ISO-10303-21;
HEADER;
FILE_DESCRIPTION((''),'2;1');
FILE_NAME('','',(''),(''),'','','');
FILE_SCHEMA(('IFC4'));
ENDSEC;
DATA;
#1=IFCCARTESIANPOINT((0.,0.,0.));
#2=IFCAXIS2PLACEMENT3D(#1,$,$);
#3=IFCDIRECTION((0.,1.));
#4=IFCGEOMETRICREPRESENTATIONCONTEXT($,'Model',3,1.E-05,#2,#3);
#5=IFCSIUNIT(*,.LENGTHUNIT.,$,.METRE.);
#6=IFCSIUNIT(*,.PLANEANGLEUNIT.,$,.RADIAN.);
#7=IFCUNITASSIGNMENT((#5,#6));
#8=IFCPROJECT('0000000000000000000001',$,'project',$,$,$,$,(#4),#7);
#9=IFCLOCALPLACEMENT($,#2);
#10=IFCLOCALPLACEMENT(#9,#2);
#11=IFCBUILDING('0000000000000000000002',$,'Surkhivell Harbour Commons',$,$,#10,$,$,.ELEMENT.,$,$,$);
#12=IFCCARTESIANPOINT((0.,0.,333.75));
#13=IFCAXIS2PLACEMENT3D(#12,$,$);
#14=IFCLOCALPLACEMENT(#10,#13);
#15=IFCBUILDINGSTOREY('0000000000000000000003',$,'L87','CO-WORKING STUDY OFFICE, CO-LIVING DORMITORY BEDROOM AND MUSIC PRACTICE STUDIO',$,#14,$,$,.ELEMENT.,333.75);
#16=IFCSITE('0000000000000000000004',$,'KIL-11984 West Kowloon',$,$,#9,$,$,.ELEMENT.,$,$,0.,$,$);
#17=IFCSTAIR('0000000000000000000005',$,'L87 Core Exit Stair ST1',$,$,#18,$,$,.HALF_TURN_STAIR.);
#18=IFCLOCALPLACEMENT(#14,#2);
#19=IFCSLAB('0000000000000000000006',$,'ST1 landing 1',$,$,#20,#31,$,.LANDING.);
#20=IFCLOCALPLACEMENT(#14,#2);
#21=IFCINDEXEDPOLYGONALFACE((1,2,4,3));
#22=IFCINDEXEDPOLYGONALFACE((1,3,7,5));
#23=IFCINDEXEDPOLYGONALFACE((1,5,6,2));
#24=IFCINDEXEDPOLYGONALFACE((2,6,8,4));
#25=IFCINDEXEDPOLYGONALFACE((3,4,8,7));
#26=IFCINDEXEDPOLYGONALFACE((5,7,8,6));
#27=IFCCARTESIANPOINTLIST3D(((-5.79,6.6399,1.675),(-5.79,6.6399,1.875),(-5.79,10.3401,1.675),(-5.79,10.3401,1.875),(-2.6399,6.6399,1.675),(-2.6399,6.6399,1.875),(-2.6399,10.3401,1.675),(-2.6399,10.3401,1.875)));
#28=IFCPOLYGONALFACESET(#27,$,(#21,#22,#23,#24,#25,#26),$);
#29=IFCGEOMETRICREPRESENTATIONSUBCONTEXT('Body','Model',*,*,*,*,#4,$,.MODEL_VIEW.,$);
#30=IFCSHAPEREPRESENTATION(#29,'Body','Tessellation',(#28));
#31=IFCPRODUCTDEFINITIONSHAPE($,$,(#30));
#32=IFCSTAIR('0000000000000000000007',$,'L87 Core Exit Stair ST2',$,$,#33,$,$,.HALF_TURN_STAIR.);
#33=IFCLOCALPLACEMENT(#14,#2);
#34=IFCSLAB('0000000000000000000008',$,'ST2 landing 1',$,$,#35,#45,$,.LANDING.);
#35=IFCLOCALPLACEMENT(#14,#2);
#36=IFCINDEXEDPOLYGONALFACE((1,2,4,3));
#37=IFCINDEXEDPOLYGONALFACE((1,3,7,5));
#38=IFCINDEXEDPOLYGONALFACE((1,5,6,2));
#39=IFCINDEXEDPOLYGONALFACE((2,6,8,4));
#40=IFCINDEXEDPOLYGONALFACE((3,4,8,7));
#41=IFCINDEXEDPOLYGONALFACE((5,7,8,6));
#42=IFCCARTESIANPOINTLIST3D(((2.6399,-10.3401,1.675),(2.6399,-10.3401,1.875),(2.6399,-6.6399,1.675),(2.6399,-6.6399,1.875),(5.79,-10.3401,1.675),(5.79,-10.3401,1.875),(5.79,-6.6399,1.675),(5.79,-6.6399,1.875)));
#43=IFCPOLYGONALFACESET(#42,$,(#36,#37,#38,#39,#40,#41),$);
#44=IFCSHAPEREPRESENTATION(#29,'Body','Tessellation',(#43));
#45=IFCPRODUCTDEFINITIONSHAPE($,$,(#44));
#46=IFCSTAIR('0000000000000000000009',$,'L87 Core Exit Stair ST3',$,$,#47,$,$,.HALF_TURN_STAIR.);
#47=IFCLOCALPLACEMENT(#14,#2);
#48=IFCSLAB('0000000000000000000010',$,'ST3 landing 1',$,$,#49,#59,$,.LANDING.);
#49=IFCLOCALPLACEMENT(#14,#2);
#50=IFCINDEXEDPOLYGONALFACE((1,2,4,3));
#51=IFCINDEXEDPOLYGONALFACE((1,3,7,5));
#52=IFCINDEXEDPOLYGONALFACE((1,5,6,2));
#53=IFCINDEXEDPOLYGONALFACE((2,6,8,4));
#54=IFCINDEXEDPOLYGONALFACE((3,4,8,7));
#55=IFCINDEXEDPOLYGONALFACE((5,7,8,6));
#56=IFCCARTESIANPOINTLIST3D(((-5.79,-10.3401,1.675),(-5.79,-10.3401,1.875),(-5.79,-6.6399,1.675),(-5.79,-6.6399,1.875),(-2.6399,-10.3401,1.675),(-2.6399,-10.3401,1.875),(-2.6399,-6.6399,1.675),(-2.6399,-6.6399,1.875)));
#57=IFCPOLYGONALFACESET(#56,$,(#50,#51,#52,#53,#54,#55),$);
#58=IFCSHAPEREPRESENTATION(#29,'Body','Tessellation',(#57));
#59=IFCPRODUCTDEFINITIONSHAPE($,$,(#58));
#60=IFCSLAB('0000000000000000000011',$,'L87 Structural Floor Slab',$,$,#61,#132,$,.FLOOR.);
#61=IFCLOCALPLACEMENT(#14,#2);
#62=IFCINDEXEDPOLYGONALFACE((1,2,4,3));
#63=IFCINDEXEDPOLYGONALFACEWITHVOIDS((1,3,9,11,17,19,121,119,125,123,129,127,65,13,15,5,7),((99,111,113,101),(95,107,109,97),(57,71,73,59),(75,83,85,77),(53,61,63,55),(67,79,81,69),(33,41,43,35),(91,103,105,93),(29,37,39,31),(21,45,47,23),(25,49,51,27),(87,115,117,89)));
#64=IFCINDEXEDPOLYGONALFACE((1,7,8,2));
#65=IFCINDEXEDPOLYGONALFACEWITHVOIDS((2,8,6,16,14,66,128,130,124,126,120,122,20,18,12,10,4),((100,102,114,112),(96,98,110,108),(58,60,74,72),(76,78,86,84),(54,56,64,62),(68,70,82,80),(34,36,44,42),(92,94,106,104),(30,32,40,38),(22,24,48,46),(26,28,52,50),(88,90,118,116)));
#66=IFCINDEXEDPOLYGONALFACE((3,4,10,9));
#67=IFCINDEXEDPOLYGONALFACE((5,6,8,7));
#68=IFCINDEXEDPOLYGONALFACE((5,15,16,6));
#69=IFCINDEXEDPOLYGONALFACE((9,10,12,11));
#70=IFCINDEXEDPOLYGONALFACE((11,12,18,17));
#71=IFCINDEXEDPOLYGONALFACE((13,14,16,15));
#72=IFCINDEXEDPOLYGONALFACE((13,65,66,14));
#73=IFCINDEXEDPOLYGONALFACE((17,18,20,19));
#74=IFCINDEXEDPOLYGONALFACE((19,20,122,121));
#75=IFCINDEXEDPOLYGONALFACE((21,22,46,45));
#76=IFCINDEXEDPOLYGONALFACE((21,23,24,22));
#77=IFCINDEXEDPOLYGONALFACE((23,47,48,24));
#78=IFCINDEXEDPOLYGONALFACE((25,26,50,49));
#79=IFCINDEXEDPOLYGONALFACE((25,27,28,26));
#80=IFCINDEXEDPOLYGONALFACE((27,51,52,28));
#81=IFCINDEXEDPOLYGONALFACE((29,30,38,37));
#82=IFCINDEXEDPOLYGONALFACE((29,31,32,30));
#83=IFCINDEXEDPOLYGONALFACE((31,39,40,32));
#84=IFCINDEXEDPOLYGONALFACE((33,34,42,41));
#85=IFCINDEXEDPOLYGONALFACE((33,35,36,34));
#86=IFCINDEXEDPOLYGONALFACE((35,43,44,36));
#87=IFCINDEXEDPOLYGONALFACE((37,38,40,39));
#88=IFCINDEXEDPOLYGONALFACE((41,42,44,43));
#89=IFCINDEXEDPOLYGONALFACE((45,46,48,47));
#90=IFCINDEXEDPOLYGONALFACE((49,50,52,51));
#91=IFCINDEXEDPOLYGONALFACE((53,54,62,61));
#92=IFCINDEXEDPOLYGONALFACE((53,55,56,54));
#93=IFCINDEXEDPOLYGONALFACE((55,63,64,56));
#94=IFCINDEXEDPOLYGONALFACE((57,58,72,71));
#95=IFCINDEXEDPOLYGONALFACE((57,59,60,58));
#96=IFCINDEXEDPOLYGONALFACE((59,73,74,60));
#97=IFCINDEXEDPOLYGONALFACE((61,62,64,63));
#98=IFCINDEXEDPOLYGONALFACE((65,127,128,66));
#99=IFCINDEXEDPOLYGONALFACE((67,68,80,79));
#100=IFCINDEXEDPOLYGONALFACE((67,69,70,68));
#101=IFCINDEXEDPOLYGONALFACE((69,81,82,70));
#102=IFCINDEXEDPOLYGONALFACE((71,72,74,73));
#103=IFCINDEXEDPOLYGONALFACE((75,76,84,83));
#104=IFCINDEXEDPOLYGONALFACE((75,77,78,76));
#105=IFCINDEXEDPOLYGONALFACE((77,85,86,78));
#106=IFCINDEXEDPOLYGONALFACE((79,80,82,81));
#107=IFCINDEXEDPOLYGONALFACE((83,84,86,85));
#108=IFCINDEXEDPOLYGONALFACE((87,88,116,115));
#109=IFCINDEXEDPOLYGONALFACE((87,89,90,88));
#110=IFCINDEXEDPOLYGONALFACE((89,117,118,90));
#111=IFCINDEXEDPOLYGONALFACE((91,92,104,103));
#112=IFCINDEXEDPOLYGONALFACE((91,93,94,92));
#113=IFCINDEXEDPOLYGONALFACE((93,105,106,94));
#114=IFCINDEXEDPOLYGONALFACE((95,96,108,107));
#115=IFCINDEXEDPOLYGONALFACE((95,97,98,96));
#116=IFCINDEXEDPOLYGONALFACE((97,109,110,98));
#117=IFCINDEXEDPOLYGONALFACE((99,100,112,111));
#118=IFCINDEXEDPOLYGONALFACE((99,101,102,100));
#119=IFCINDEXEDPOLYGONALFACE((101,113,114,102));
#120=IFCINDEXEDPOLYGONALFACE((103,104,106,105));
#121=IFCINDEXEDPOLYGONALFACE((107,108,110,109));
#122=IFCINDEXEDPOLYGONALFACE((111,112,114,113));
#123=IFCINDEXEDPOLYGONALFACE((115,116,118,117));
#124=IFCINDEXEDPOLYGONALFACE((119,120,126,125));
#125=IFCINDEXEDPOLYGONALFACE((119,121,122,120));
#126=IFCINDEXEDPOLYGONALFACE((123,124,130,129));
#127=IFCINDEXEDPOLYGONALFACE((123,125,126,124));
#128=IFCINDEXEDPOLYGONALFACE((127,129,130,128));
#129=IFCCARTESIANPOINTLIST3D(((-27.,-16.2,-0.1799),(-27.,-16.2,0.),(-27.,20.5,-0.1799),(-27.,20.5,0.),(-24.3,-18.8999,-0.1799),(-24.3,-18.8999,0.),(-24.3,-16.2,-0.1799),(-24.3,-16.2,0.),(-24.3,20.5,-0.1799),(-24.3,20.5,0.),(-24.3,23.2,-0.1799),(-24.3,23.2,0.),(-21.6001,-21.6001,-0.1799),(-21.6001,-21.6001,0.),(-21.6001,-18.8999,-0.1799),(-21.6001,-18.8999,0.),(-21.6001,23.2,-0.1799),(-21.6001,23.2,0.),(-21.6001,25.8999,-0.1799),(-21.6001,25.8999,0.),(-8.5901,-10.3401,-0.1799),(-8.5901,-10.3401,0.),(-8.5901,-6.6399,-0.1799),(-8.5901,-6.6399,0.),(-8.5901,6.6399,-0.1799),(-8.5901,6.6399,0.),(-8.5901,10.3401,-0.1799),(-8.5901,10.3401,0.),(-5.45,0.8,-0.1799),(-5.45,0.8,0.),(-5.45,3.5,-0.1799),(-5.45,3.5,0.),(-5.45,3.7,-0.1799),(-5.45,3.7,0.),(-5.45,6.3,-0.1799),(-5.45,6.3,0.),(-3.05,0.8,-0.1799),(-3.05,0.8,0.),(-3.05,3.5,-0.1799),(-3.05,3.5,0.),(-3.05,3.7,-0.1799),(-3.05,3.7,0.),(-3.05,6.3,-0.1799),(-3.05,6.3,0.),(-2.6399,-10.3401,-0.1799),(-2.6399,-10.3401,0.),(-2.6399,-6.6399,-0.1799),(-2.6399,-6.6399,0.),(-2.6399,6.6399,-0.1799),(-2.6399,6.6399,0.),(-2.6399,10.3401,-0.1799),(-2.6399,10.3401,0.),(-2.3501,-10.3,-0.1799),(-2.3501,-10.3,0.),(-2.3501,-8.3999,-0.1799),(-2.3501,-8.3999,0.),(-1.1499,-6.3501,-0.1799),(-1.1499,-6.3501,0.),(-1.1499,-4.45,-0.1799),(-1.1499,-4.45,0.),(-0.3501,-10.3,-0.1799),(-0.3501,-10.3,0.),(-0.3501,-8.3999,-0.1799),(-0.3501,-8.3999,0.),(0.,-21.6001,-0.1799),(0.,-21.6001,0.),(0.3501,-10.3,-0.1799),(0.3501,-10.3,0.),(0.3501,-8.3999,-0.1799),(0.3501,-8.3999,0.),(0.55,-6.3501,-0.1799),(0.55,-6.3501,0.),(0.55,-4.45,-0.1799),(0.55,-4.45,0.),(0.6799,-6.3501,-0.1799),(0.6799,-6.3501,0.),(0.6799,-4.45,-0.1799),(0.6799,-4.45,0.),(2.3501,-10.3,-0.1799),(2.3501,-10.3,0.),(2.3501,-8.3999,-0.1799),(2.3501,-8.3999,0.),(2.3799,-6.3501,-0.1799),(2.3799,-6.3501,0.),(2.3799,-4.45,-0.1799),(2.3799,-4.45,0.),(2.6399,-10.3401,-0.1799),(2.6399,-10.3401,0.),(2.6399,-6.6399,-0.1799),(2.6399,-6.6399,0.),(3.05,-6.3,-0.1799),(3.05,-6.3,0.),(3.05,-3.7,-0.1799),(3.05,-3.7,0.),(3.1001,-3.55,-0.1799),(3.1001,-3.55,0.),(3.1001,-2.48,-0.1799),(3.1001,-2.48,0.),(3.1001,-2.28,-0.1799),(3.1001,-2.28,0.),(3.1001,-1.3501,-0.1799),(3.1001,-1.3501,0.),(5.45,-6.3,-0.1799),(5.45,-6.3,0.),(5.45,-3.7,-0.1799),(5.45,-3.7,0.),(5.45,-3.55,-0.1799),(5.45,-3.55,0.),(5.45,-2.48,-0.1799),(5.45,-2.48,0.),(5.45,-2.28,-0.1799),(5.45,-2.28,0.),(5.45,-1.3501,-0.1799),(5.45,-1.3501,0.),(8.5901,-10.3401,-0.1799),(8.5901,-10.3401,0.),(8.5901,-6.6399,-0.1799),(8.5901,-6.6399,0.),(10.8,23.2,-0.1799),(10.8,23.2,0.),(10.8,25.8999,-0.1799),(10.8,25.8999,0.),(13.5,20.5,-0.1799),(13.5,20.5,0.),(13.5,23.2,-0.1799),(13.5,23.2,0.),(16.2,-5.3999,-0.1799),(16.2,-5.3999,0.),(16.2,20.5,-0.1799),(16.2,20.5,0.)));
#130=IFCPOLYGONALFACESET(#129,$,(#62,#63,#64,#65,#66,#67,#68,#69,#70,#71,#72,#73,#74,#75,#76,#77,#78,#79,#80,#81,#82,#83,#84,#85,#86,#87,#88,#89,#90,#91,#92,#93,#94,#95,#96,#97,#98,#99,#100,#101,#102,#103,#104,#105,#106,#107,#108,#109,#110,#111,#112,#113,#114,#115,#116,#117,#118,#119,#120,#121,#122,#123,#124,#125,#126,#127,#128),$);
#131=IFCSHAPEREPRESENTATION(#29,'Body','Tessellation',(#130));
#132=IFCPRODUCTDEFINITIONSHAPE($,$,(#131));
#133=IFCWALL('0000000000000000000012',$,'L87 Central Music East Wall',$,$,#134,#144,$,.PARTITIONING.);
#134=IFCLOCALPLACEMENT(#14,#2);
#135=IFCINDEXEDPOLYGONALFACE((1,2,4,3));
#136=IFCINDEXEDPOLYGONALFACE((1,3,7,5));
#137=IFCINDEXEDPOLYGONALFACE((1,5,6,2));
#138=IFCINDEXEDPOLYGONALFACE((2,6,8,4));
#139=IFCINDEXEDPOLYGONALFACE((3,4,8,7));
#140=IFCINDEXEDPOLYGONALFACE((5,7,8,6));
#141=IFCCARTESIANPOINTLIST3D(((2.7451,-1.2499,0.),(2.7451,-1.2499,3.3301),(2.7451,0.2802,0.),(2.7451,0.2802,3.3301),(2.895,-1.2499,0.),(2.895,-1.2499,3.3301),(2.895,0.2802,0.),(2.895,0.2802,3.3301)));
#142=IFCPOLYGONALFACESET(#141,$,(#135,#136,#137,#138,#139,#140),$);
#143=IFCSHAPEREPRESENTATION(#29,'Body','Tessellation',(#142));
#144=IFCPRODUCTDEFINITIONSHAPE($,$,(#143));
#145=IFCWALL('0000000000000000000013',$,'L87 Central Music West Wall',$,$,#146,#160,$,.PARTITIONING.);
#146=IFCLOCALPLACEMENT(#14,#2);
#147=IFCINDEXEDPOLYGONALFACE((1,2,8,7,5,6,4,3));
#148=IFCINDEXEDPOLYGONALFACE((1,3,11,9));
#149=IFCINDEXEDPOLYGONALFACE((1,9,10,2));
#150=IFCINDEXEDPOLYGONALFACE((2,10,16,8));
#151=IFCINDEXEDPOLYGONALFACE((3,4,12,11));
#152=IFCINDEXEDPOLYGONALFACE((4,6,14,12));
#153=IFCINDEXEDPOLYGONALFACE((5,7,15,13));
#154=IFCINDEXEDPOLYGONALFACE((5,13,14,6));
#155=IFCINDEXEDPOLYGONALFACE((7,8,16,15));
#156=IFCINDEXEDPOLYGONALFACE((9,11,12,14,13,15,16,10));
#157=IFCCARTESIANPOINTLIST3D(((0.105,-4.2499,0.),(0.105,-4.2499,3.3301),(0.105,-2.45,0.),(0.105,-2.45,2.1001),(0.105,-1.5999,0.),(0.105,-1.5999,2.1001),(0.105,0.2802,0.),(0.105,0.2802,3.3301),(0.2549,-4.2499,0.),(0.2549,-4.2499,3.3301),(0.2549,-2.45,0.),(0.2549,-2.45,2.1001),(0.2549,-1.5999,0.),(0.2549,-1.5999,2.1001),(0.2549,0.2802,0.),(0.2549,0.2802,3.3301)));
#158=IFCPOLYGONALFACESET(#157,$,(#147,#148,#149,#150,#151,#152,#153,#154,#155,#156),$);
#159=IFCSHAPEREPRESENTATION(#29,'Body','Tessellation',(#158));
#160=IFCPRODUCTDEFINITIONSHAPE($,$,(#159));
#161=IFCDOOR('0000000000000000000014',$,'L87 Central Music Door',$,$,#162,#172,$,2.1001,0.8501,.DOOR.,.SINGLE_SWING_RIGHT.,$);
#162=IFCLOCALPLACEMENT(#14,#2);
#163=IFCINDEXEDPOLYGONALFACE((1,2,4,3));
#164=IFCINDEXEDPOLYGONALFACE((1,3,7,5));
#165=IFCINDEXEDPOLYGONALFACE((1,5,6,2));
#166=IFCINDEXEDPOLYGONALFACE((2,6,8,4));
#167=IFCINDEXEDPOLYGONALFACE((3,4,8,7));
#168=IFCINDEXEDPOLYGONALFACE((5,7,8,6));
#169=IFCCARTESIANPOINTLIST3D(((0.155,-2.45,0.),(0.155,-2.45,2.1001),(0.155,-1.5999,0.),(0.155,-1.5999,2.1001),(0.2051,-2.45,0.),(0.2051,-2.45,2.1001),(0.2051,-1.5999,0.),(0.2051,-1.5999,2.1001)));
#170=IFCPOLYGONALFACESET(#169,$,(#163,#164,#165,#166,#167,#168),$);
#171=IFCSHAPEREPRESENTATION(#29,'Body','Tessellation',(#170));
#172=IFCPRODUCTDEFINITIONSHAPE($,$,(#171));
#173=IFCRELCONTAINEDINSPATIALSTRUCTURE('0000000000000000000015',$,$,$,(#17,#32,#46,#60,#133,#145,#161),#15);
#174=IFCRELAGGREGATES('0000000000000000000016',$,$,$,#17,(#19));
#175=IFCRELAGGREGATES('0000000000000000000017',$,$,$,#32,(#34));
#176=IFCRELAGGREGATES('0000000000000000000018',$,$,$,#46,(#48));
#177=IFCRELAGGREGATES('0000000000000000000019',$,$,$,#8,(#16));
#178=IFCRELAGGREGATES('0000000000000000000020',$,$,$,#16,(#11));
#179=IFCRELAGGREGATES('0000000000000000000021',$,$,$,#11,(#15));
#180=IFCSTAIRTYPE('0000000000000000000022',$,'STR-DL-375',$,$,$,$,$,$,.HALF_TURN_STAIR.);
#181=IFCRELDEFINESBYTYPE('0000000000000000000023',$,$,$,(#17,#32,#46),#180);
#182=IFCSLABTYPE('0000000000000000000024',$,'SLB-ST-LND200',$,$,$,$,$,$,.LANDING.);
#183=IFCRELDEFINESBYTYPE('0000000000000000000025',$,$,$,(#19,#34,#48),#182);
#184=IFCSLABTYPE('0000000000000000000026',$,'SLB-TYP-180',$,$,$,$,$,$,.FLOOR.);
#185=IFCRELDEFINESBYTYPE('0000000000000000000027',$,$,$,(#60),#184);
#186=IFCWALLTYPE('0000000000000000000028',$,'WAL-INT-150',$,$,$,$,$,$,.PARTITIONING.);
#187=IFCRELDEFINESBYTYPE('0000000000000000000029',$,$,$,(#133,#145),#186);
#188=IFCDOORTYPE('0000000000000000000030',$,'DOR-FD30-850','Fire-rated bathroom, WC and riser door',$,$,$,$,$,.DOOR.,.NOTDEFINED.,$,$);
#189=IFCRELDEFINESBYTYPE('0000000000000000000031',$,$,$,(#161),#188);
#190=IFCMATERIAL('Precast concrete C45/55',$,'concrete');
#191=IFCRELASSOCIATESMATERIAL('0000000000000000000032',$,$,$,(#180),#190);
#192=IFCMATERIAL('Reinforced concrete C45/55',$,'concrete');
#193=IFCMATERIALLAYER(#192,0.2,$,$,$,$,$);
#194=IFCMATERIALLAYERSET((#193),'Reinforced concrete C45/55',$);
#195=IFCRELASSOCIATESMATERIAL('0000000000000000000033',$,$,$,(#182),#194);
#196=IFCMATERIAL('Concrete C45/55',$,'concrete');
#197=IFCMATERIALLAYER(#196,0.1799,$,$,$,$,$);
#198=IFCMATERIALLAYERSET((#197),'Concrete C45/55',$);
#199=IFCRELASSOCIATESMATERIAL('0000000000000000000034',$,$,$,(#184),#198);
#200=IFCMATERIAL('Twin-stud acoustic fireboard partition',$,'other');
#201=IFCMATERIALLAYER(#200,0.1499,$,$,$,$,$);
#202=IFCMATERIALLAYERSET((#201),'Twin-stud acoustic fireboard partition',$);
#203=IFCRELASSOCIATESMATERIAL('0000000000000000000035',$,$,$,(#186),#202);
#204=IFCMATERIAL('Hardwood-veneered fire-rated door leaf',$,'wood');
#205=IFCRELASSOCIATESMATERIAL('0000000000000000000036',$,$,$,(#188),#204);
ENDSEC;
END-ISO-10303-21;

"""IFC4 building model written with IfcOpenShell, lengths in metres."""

from ifc_helpers import new_model, si_unit, direction, frame, frame_2d, origin, place, context, subcontext, project, spatial, polyline, rectangle, outline, extrude, material, layer, layer_set, type_object, element, fill, aggregate, save


model = new_model("IFC4")

# Units and contexts
model_context = context("Model", 3, precision=1e-05, world=origin(), true_north=direction((0.0, 1.0)))
body_context = subcontext(model_context, "Body", "Model", "MODEL_VIEW")
ifc_project = project(units=[si_unit("LENGTHUNIT", "METRE"), si_unit("PLANEANGLEUNIT", "RADIAN")], contexts=[model_context])

# Site, building, storey
site_placement = place(None, origin())
site = spatial("IfcSite", under=ifc_project, at=site_placement, Name="KIL-11984 West Kowloon", CompositionType="ELEMENT", RefElevation=0.0)
building_placement = place(site_placement, origin())
building = spatial("IfcBuilding", under=site, at=building_placement, Name="Surkhivell Harbour Commons", CompositionType="ELEMENT")
storey_placement = place(building_placement, frame((0.0, 0.0, 333.75)))
storey = spatial("IfcBuildingStorey", under=building, at=storey_placement, Name="L87", Description="CO-WORKING STUDY OFFICE, CO-LIVING DORMITORY BEDROOM AND MUSIC PRACTICE STUDIO", CompositionType="ELEMENT", Elevation=333.75)

# Stairs, slabs
ifc_material_1 = material(Name="Precast concrete C45/55", Category="concrete")
stair_type = type_object("IfcStairType", Name="STR-DL-375", PredefinedType="HALF_TURN_STAIR", material=ifc_material_1)
stair_1_placement = place(storey_placement, origin())
stair_1 = element("IfcStair", 1, at=stair_1_placement, inside=storey, type_object=stair_type, Name="L87 Core Exit Stair ST1", PredefinedType="HALF_TURN_STAIR")
ifc_material_2 = material(Name="Reinforced concrete C45/55", Category="concrete")
ifc_layer_1 = layer(ifc_material_2, 0.2)
ifc_layer_set_1 = layer_set([ifc_layer_1], Name="Reinforced concrete C45/55")
slab_type_1 = type_object("IfcSlabType", Name="SLB-ST-LND200", PredefinedType="LANDING", material=ifc_layer_set_1)
slab_1_placement = place(storey_placement, frame((0.0, 0.0, 1.675)))
slab_1 = element("IfcSlab", 2, at=slab_1_placement, type_object=slab_type_1, Name="ST1 landing 1", PredefinedType="LANDING", context=body_context, shape_type="SweptSolid", body=[
    extrude(outline(polyline([(-5.79, 6.6399), (-2.6399, 6.6399), (-2.6399, 10.3401), (-5.79, 10.3401), (-5.79, 6.6399)])), origin(), (0.0, 0.0, 1.0), 0.2),
])
aggregate(stair_1, [slab_1])
stair_2_placement = place(storey_placement, origin())
stair_2 = element("IfcStair", 3, at=stair_2_placement, inside=storey, type_object=stair_type, Name="L87 Core Exit Stair ST2", PredefinedType="HALF_TURN_STAIR")
slab_2_placement = place(storey_placement, frame((0.0, 0.0, 1.675)))
slab_2 = element("IfcSlab", 4, at=slab_2_placement, type_object=slab_type_1, Name="ST2 landing 1", PredefinedType="LANDING", context=body_context, shape_type="SweptSolid", body=[
    extrude(outline(polyline([(5.79, -6.6399), (2.6399, -6.6399), (2.6399, -10.3401), (5.79, -10.3401), (5.79, -6.6399)])), origin(), (0.0, 0.0, 1.0), 0.2),
])
aggregate(stair_2, [slab_2])
stair_3_placement = place(storey_placement, origin())
stair_3 = element("IfcStair", 5, at=stair_3_placement, inside=storey, type_object=stair_type, Name="L87 Core Exit Stair ST3", PredefinedType="HALF_TURN_STAIR")
slab_3_placement = place(storey_placement, frame((0.0, 0.0, 1.675)))
slab_3 = element("IfcSlab", 6, at=slab_3_placement, type_object=slab_type_1, Name="ST3 landing 1", PredefinedType="LANDING", context=body_context, shape_type="SweptSolid", body=[
    extrude(outline(polyline([(-5.79, -10.3401), (-2.6399, -10.3401), (-2.6399, -6.6399), (-5.79, -6.6399), (-5.79, -10.3401)])), origin(), (0.0, 0.0, 1.0), 0.2),
])
aggregate(stair_3, [slab_3])

# Slab
ifc_material_3 = material(Name="Concrete C45/55", Category="concrete")
ifc_layer_2 = layer(ifc_material_3, 0.1799)
ifc_layer_set_2 = layer_set([ifc_layer_2], Name="Concrete C45/55")
slab_type_2 = type_object("IfcSlabType", Name="SLB-TYP-180", PredefinedType="FLOOR", material=ifc_layer_set_2)
slab_4_placement = place(storey_placement, frame((0.0, 0.0, -0.1799)))
element("IfcSlab", 7, at=slab_4_placement, inside=storey, type_object=slab_type_2, Name="L87 Structural Floor Slab", PredefinedType="FLOOR", context=body_context, shape_type="SweptSolid", body=[
    extrude(outline(polyline([(-21.6001, -21.6001), (0.0, -21.6001), (16.2, -5.3999), (16.2, 20.5), (13.5, 20.5), (13.5, 23.2), (10.8, 23.2), (10.8, 25.8999), (-21.6001, 25.8999), (-21.6001, 23.2), (-24.3, 23.2), (-24.3, 20.5), (-27.0, 20.5), (-27.0, -16.2), (-24.3, -16.2), (-24.3, -18.8999), (-21.6001, -18.8999), (-21.6001, -21.6001)]), holes=[polyline([(-8.5901, 6.6399), (-2.6399, 6.6399), (-2.6399, 10.3401), (-8.5901, 10.3401), (-8.5901, 6.6399)]), polyline([(8.5901, -6.6399), (2.6399, -6.6399), (2.6399, -10.3401), (8.5901, -10.3401), (8.5901, -6.6399)]), polyline([(-8.5901, -10.3401), (-2.6399, -10.3401), (-2.6399, -6.6399), (-8.5901, -6.6399), (-8.5901, -10.3401)]), polyline([(-1.1499, -6.3501), (0.55, -6.3501), (0.55, -4.45), (-1.1499, -4.45), (-1.1499, -6.3501)]), polyline([(0.6799, -6.3501), (2.3799, -6.3501), (2.3799, -4.45), (0.6799, -4.45), (0.6799, -6.3501)]), polyline([(-2.3501, -10.3), (-0.3501, -10.3), (-0.3501, -8.3999), (-2.3501, -8.3999), (-2.3501, -10.3)]), polyline([(0.3501, -10.3), (2.3501, -10.3), (2.3501, -8.3999), (0.3501, -8.3999), (0.3501, -10.3)]), polyline([(-5.45, 3.7), (-3.05, 3.7), (-3.05, 6.3), (-5.45, 6.3), (-5.45, 3.7)]), polyline([(3.05, -6.3), (5.45, -6.3), (5.45, -3.7), (3.05, -3.7), (3.05, -6.3)]), polyline([(-5.45, 0.8), (-3.05, 0.8), (-3.05, 3.5), (-5.45, 3.5), (-5.45, 0.8)]), polyline([(3.1001, -3.55), (5.45, -3.55), (5.45, -2.48), (3.1001, -2.48), (3.1001, -3.55)]), polyline([(3.1001, -2.28), (5.45, -2.28), (5.45, -1.3501), (3.1001, -1.3501), (3.1001, -2.28)])]), origin(), (0.0, 0.0, 1.0), 0.1799),
])

# Wall
ifc_material_4 = material(Name="Twin-stud acoustic fireboard partition", Category="other")
ifc_layer_3 = layer(ifc_material_4, 0.1499)
ifc_layer_set_3 = layer_set([ifc_layer_3], Name="Twin-stud acoustic fireboard partition")
wall_type_1 = type_object("IfcWallType", Name="WAL-INT-150", PredefinedType="PARTITIONING", material=ifc_layer_set_3)
wall_1_placement = place(storey_placement, frame((2.8201, -1.25, 0.0), z_axis=(0.0, 0.0, 1.0), x_axis=(0.0, 1.0, 0.0)))
element("IfcWall", 8, at=wall_1_placement, inside=storey, type_object=wall_type_1, Name="L87 Central Music East Wall", PredefinedType="PARTITIONING", context=body_context, shape_type="SweptSolid", body=[
    extrude(rectangle(XDim=1.53, YDim=0.1499, at=frame_2d((0.7651, 0.0))), origin(), (0.0, 0.0, 1.0), 3.3301),
])

# Wall, opening, door
wall_2_placement = place(storey_placement, frame((0.1799, -4.25, 0.0), z_axis=(0.0, 0.0, 1.0), x_axis=(0.0, 1.0, 0.0)))
wall_2 = element("IfcWall", 9, at=wall_2_placement, inside=storey, type_object=wall_type_1, Name="L87 Central Music West Wall", PredefinedType="PARTITIONING", context=body_context, shape_type="SweptSolid", body=[
    extrude(rectangle(XDim=4.53, YDim=0.1499, at=frame_2d((2.2651, 0.0))), origin(), (0.0, 0.0, 1.0), 3.3301),
])
opening_1_placement = place(wall_2_placement, frame((1.8, 0.0, 0.0)))
opening_1 = element("IfcOpeningElement", 10, at=opening_1_placement, cuts=wall_2, PredefinedType="OPENING", context=body_context, shape_type="SweptSolid", body=[
    extrude(rectangle(XDim=0.8501, YDim=2.1001, at=frame_2d((0.425, 1.05))), frame((0.0, 0.085, 0.0), z_axis=(0.0, -1.0, 0.0), x_axis=(1.0, 0.0, 0.0)), (0.0, 0.0, 1.0), 0.1699),
])
ifc_material_5 = material(Name="Hardwood-veneered fire-rated door leaf", Category="wood")
door_type_1 = type_object("IfcDoorType", Name="DOR-FD30-850", Description="Fire-rated bathroom, WC and riser door", OperationType="NOTDEFINED", PredefinedType="DOOR", material=ifc_material_5)
door_1_placement = place(opening_1_placement, origin())
door_1 = element("IfcDoor", 11, at=door_1_placement, inside=storey, type_object=door_type_1, Name="L87 Central Music Door", OperationType="SINGLE_SWING_RIGHT", OverallHeight=2.1001, OverallWidth=0.8501, PredefinedType="DOOR", context=body_context, shape_type="SweptSolid", body=[
    extrude(rectangle(XDim=0.8501, YDim=2.1001, at=frame_2d((0.425, 1.05))), frame((0.0, 0.0249, 0.0), z_axis=(0.0, -1.0, 0.0), x_axis=(1.0, 0.0, 0.0)), (0.0, 0.0, 1.0), 0.05),
])
fill(opening_1, door_1)

save(model, "model.ifc")
